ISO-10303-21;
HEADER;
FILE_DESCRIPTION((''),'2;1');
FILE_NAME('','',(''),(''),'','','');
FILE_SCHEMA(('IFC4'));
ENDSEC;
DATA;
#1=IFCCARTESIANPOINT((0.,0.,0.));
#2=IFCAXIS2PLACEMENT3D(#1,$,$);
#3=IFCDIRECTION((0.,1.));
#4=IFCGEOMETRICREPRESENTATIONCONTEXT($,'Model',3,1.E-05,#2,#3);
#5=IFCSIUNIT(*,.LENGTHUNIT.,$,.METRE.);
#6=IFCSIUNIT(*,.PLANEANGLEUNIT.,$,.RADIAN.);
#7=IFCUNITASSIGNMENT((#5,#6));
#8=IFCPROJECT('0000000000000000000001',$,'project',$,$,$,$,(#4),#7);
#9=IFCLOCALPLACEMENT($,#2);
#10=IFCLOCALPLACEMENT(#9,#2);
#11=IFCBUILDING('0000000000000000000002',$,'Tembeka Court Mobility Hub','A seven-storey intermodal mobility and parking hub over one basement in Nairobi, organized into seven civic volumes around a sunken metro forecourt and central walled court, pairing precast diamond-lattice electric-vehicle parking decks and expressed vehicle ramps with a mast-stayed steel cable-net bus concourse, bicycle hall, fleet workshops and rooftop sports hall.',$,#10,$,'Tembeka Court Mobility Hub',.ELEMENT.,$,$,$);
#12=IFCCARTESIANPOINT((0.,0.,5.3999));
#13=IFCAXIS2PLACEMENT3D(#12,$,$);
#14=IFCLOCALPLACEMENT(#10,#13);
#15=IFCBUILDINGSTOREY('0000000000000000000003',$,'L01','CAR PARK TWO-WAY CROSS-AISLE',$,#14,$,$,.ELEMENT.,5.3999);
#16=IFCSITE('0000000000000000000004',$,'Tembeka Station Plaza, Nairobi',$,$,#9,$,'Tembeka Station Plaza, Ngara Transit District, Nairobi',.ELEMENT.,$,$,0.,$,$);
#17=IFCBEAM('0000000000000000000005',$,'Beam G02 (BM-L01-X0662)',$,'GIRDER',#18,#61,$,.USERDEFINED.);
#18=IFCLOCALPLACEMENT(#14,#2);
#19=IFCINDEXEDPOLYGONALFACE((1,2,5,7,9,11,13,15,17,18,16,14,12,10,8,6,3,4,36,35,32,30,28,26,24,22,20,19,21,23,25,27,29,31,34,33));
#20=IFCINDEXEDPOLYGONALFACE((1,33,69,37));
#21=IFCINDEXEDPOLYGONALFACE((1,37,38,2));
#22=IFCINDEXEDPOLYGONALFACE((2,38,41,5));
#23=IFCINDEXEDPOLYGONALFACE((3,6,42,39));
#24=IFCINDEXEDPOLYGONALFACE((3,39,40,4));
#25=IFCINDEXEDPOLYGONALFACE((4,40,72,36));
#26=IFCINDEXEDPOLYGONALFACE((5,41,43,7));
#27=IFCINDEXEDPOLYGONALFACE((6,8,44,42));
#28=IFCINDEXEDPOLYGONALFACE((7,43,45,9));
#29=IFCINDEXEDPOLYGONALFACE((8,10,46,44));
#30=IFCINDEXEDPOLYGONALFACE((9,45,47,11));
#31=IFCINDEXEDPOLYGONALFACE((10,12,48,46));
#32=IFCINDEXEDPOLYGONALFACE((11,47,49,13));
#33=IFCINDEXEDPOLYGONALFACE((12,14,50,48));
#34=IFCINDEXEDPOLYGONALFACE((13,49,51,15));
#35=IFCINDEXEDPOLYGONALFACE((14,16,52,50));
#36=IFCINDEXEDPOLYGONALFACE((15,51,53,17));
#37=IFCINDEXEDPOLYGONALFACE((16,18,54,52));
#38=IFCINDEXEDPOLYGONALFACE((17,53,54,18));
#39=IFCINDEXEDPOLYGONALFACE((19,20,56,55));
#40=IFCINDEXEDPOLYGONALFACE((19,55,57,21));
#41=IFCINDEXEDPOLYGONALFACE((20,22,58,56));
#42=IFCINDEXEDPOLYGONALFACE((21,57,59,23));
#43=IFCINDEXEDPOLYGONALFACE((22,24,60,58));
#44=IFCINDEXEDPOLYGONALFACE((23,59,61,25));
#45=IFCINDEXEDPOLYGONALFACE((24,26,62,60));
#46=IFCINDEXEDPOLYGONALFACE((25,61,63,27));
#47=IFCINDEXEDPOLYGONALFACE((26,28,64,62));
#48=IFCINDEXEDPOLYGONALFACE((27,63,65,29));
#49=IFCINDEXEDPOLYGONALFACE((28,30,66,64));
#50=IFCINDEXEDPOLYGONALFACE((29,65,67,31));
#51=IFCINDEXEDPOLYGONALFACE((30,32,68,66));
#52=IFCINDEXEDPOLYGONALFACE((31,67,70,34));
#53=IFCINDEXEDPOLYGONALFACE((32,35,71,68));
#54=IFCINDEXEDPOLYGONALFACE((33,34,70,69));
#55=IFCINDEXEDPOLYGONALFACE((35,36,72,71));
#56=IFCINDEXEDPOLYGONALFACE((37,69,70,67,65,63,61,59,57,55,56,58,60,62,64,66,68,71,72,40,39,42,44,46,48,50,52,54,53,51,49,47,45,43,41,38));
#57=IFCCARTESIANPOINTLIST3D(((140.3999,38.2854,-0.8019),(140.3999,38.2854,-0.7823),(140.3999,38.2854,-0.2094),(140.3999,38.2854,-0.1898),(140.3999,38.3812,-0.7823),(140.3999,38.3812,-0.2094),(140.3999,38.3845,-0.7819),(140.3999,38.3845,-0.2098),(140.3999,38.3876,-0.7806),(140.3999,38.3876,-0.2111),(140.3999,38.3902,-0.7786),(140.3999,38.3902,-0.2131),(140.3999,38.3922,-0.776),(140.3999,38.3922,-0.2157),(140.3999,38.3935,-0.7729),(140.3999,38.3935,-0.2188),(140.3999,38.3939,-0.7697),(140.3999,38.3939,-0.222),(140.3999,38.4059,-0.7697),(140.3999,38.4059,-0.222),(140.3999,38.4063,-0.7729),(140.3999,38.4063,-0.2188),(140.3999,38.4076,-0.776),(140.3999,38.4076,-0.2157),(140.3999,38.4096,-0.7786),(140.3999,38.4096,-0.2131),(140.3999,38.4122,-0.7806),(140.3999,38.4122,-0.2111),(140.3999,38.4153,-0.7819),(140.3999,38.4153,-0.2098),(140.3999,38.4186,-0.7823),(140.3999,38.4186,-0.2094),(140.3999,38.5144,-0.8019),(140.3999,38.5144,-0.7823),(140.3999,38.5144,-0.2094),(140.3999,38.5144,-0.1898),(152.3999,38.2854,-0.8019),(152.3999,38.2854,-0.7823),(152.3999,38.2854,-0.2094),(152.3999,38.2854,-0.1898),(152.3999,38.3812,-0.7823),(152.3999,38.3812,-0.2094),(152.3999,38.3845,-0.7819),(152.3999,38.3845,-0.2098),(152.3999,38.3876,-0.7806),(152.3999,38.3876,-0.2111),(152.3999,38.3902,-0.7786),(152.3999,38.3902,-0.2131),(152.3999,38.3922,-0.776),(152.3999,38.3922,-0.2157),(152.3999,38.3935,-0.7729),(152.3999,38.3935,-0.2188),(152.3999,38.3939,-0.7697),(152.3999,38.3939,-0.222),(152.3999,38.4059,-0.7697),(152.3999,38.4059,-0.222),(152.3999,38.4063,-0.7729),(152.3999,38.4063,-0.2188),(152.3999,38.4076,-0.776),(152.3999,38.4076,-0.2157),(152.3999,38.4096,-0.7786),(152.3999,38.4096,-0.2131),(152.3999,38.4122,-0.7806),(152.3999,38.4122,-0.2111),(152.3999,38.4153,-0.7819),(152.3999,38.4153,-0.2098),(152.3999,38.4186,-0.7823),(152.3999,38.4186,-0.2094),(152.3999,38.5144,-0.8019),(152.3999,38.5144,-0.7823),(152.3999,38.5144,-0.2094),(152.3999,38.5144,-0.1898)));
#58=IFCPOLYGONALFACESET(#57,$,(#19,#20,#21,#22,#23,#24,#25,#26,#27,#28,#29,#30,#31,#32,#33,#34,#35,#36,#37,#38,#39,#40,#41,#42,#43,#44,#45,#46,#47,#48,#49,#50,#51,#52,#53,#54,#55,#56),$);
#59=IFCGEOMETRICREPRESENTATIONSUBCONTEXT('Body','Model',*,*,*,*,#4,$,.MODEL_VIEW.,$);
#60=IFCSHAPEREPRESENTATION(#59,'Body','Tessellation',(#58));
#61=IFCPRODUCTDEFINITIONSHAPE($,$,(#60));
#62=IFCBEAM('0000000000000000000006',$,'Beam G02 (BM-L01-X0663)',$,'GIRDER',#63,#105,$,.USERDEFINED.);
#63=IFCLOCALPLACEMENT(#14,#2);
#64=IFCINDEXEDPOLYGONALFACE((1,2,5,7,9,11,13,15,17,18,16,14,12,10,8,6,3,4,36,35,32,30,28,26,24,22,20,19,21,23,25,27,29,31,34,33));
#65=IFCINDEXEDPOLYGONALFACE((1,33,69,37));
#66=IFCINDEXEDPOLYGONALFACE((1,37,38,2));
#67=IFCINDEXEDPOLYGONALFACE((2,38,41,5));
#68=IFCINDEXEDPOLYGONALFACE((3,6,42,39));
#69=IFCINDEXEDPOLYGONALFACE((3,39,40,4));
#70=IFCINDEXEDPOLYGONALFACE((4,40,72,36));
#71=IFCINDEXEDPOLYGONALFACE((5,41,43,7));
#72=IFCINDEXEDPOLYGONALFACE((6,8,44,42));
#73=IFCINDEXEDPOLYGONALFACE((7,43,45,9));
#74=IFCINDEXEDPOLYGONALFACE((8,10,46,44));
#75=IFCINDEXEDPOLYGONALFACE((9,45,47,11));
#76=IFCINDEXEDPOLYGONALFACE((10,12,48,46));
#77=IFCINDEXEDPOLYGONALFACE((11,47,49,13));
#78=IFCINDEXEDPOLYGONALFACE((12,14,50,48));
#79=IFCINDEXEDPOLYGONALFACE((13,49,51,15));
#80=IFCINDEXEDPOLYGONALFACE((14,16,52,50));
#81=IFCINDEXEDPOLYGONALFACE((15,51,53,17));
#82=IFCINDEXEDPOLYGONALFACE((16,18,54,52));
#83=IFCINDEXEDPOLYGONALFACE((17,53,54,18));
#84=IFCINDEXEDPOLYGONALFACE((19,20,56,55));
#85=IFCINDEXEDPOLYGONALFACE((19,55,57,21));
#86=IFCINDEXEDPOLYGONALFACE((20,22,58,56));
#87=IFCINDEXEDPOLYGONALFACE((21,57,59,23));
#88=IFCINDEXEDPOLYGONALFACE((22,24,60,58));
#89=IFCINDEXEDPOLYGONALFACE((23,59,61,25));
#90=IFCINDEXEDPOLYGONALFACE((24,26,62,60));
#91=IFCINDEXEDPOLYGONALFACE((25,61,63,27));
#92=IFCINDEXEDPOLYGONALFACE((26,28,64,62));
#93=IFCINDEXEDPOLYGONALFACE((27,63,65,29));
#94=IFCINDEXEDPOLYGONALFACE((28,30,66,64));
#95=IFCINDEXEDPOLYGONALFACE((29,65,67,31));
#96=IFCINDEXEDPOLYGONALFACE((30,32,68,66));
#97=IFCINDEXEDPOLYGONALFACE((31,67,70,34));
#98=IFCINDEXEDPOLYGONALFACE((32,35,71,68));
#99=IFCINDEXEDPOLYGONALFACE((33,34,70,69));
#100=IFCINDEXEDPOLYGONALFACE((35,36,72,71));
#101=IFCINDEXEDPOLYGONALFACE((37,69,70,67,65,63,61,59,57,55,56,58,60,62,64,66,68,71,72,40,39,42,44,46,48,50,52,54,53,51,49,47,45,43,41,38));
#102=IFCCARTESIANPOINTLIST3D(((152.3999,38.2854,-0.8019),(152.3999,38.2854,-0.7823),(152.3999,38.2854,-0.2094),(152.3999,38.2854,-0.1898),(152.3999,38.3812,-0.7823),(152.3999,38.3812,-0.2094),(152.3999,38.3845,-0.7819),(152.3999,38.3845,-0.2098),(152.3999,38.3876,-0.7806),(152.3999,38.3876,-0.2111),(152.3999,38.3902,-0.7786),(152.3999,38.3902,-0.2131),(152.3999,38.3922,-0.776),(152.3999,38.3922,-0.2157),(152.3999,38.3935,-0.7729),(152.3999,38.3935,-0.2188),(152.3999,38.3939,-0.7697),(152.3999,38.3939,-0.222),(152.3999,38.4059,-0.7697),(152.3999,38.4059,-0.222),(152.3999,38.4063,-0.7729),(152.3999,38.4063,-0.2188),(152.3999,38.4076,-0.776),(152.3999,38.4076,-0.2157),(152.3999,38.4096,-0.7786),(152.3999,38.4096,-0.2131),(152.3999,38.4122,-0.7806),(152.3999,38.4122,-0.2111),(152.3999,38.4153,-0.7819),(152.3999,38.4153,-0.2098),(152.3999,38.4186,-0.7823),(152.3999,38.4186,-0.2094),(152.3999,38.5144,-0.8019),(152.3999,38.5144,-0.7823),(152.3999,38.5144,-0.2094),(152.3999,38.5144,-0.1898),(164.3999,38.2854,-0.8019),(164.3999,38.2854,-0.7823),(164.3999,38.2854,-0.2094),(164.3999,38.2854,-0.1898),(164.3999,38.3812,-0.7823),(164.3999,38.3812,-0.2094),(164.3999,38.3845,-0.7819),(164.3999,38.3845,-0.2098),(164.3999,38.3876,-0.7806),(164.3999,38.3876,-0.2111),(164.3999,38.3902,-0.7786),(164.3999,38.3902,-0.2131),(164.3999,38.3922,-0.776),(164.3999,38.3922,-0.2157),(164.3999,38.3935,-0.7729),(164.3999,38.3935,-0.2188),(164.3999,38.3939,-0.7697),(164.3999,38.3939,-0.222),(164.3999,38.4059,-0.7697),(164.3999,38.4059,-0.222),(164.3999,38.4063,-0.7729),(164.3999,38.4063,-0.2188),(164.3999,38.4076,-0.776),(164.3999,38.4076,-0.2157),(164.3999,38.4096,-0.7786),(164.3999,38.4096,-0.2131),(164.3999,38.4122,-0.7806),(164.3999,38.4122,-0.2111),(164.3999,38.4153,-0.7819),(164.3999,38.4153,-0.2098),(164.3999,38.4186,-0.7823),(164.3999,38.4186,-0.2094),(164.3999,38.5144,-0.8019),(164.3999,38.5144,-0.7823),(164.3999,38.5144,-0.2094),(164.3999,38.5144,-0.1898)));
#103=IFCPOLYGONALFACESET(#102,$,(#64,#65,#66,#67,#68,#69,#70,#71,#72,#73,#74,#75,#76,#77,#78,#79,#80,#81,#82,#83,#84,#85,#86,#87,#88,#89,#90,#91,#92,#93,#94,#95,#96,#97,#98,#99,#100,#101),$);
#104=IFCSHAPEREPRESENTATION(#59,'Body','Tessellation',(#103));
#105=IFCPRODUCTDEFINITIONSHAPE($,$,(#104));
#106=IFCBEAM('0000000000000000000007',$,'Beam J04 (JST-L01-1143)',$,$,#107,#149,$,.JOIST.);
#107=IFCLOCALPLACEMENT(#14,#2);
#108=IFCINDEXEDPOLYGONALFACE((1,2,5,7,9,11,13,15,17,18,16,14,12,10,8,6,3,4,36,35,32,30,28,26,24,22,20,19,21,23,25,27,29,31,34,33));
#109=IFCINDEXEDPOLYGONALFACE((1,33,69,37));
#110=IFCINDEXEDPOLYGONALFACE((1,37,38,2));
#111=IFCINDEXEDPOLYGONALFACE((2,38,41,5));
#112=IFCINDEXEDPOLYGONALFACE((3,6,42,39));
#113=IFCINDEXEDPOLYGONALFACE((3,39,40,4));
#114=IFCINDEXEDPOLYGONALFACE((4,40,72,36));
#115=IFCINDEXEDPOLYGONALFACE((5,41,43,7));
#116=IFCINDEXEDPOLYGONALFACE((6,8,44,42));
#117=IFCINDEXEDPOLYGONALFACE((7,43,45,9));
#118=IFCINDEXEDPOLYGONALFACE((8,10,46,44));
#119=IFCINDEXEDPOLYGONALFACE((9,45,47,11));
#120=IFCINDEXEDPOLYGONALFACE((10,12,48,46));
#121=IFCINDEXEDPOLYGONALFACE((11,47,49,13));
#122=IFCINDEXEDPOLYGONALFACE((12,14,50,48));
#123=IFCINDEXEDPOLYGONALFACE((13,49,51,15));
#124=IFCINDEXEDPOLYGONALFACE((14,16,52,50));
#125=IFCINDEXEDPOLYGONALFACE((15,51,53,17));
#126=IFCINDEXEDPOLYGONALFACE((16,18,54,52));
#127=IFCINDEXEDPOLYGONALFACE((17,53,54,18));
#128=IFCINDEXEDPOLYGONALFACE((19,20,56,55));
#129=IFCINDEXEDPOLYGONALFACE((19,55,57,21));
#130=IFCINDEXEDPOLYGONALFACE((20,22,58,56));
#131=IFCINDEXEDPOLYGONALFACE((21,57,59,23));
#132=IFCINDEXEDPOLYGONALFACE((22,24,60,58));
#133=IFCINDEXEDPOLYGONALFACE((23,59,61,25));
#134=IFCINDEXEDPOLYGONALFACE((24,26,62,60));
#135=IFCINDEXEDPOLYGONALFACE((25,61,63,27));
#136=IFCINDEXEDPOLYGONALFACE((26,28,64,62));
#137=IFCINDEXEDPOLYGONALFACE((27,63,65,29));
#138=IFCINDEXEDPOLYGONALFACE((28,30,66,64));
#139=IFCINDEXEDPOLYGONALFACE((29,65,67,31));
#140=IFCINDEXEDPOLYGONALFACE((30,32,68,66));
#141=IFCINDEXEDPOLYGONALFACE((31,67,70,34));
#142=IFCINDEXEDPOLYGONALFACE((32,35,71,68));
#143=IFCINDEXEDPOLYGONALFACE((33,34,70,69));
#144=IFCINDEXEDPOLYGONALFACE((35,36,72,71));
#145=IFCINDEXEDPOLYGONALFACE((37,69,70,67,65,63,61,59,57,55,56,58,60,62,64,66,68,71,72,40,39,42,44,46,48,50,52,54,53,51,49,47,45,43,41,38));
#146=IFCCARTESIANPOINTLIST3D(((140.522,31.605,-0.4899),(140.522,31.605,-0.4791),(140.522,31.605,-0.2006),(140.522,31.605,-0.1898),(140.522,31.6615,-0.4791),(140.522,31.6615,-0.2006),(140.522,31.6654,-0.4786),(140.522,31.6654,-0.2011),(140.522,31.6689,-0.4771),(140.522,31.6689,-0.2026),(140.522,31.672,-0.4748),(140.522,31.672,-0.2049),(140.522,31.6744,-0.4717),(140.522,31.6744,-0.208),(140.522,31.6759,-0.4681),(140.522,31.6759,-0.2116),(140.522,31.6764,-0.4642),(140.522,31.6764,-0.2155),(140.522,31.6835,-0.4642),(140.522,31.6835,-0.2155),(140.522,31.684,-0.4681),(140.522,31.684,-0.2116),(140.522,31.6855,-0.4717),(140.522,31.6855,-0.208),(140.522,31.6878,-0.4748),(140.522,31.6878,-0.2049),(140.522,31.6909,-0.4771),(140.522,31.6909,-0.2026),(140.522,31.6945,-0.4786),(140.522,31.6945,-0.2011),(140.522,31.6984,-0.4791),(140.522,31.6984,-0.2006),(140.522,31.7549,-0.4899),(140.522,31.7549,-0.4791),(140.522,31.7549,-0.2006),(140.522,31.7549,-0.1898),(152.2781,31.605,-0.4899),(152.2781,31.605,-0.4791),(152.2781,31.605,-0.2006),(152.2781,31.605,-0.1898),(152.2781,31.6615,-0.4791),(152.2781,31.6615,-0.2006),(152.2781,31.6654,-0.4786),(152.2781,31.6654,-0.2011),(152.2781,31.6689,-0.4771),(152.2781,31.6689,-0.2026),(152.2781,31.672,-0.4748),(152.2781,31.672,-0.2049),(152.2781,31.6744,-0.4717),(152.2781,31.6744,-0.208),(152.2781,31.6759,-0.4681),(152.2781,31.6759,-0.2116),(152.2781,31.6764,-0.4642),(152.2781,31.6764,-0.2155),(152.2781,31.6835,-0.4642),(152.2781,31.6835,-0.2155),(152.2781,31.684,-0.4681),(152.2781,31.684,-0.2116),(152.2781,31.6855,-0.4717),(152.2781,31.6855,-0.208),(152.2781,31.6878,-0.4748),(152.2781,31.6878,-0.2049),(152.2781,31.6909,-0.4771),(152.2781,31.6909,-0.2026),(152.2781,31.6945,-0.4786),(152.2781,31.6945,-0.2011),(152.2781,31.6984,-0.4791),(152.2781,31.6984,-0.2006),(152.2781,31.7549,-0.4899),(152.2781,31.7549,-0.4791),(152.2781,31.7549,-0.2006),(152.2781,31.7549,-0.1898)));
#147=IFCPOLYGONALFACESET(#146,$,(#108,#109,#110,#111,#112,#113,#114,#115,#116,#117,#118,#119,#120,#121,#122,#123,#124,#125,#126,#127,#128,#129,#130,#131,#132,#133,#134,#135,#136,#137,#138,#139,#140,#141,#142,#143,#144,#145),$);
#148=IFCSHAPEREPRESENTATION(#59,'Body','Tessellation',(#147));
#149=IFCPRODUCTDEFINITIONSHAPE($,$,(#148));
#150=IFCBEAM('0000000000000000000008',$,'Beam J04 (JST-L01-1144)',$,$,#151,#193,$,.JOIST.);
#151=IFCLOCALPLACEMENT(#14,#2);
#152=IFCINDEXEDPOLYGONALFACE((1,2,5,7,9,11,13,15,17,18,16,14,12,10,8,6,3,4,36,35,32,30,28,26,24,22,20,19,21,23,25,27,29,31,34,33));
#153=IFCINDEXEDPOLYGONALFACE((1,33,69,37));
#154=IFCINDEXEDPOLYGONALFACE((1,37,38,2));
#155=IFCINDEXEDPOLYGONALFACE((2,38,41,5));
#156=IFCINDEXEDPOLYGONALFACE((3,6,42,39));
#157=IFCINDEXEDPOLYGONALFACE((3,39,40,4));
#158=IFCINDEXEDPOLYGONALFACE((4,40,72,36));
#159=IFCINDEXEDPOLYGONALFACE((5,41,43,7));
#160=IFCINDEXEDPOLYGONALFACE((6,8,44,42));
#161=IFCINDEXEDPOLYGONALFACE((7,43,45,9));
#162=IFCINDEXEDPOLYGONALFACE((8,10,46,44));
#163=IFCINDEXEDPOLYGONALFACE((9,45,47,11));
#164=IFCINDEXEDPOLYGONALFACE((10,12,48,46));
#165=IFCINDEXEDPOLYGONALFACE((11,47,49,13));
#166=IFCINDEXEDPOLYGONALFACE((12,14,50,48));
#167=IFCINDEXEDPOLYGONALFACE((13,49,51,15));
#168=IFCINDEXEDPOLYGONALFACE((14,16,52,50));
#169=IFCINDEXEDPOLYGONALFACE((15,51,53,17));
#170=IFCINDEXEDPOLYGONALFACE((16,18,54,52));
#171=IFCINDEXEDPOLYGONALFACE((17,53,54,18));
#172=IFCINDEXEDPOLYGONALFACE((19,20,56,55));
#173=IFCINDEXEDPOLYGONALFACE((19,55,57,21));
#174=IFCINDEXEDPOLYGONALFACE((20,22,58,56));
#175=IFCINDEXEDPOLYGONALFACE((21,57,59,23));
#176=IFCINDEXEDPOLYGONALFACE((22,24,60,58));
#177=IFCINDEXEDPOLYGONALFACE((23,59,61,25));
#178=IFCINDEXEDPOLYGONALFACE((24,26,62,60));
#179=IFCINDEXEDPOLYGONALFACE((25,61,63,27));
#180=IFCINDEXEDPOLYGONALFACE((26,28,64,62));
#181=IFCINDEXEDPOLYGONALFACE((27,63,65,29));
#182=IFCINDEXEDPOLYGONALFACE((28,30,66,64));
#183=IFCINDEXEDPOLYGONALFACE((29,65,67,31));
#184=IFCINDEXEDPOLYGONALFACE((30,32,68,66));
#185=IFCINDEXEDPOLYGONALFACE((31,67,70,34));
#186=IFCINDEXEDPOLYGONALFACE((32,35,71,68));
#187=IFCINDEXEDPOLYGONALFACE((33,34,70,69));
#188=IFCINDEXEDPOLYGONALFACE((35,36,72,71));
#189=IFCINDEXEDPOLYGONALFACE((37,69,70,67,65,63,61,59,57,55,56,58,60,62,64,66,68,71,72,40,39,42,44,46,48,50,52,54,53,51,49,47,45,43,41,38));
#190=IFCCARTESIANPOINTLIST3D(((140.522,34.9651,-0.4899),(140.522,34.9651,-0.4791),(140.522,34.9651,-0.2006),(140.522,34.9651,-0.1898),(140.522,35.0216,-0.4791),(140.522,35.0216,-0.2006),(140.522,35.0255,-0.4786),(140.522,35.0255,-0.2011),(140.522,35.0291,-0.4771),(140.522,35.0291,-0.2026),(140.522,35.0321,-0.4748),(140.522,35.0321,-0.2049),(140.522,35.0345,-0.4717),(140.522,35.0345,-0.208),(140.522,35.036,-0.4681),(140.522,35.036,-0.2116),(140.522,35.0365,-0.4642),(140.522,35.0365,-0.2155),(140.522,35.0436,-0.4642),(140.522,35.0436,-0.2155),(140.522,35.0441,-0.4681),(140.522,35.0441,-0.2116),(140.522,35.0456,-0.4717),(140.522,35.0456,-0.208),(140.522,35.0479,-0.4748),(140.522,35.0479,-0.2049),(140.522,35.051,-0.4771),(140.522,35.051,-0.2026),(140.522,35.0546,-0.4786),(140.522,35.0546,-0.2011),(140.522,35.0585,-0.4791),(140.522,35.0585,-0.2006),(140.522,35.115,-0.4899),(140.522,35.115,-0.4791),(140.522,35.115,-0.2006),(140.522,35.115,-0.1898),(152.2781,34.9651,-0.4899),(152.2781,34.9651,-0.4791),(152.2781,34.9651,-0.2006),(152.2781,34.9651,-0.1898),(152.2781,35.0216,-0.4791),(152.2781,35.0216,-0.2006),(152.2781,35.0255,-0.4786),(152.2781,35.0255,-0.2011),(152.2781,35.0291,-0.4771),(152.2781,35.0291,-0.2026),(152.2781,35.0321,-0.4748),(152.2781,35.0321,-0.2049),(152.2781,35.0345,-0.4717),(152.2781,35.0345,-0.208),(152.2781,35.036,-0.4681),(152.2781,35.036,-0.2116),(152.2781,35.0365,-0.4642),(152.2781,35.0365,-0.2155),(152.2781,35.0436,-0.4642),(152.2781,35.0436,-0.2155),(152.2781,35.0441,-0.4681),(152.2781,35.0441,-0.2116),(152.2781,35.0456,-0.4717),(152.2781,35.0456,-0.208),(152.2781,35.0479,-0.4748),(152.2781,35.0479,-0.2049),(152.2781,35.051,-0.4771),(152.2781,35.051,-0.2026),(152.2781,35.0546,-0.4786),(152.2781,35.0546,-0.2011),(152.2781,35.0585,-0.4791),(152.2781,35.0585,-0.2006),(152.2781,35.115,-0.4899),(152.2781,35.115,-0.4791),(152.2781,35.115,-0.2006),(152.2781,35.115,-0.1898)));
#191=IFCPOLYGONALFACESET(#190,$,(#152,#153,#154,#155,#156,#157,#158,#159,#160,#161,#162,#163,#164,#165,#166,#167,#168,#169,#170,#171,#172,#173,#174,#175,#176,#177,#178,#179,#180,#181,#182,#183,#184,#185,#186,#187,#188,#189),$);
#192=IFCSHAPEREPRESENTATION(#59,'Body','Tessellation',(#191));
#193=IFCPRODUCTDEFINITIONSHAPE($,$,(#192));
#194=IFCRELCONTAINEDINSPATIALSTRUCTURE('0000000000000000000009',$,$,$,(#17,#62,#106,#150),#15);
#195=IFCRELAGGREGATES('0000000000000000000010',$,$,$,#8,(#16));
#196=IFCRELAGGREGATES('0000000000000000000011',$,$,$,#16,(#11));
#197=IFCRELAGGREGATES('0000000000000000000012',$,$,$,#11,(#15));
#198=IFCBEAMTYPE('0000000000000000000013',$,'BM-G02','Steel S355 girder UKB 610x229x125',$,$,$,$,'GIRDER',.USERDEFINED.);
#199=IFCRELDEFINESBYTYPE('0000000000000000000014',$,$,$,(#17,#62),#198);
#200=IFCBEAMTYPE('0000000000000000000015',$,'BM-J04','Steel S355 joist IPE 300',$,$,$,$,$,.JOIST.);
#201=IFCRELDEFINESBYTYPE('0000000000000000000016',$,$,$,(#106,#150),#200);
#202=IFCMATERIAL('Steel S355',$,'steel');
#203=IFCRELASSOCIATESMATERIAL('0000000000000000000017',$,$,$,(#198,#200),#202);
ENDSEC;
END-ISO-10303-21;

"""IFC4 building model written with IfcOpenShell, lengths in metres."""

from ifc_helpers import new_model, si_unit, direction, frame, origin, origin_2d, place, context, subcontext, project, spatial, i_section, extrude, material, material_profile, profile_set, type_object, element, save


model = new_model("IFC4")

# Units and contexts
model_context = context("Model", 3, precision=1e-05, world=origin(), true_north=direction((0.0, 1.0)))
body_context = subcontext(model_context, "Body", "Model", "MODEL_VIEW")
ifc_project = project(units=[si_unit("LENGTHUNIT", "METRE"), si_unit("PLANEANGLEUNIT", "RADIAN")], contexts=[model_context])

# Site, building, storey
site_placement = place(None, origin())
site = spatial("IfcSite", under=ifc_project, at=site_placement, Name="Tembeka Station Plaza, Nairobi", LongName="Tembeka Station Plaza, Ngara Transit District, Nairobi", CompositionType="ELEMENT", RefElevation=0.0)
building_placement = place(site_placement, origin())
building = spatial("IfcBuilding", under=site, at=building_placement, Name="Tembeka Court Mobility Hub", Description="A seven-storey intermodal mobility and parking hub over one basement in Nairobi, organized into seven civic volumes around a sunken metro forecourt and central walled court, pairing precast diamond-lattice electric-vehicle parking decks and expressed vehicle ramps with a mast-stayed steel cable-net bus concourse, bicycle hall, fleet workshops and rooftop sports hall.", LongName="Tembeka Court Mobility Hub", CompositionType="ELEMENT")
storey_placement = place(building_placement, frame((0.0, 0.0, 5.3999)))
storey = spatial("IfcBuildingStorey", under=building, at=storey_placement, Name="L01", Description="CAR PARK TWO-WAY CROSS-AISLE", CompositionType="ELEMENT", Elevation=5.3999)

# Shared definitions
ifc_material_1 = material(Name="Steel S355", Category="steel")

# Beams
ifc_material_profile_1 = material_profile(ifc_material_1, i_section(OverallWidth=0.229, OverallDepth=0.6121, WebThickness=0.012, FlangeThickness=0.0195, FilletRadius=0.0127, at=origin_2d()), Name="UKB 610x229x125")
ifc_profile_set_1 = profile_set([ifc_material_profile_1], Name="Steel S355")
beam_type_1 = type_object("IfcBeamType", Name="BM-G02", Description="Steel S355 girder UKB 610x229x125", ElementType="GIRDER", PredefinedType="USERDEFINED", material=ifc_profile_set_1)
for number, where, z_axis, x_axis, name in (
    (1, (140.3999, 38.3999, -0.4958), (1.0, 0.0, 0.0), (0.0, 1.0, 0.0), "Beam G02 (BM-L01-X0662)"),
    (2, (152.3999, 38.3999, -0.4958), (1.0, 0.0, 0.0), (0.0, 1.0, 0.0), "Beam G02 (BM-L01-X0663)"),
):
    element("IfcBeam", number, at=place(storey_placement, frame(where, z_axis=z_axis, x_axis=x_axis)), inside=storey, type_object=beam_type_1, Name=name, ObjectType="GIRDER", PredefinedType="USERDEFINED", context=body_context, shape_type="SweptSolid", body=[
        extrude(i_section(OverallWidth=0.229, OverallDepth=0.6121, WebThickness=0.012, FlangeThickness=0.0195, FilletRadius=0.0127, at=origin_2d()), origin(), (0.0, 0.0, 1.0), 12.0),
    ])
ifc_material_profile_2 = material_profile(ifc_material_1, i_section(OverallWidth=0.1499, OverallDepth=0.3, WebThickness=0.0071, FlangeThickness=0.0107, FilletRadius=0.0149, at=origin_2d()), Name="IPE 300")
ifc_profile_set_2 = profile_set([ifc_material_profile_2], Name="Steel S355")
beam_type_2 = type_object("IfcBeamType", Name="BM-J04", Description="Steel S355 joist IPE 300", PredefinedType="JOIST", material=ifc_profile_set_2)
for number, where, z_axis, x_axis, name in (
    (3, (140.522, 31.6799, -0.3398), (1.0, 0.0, 0.0), (0.0, 1.0, 0.0), "Beam J04 (JST-L01-1143)"),
    (4, (140.522, 35.04, -0.3398), (1.0, 0.0, 0.0), (0.0, 1.0, 0.0), "Beam J04 (JST-L01-1144)"),
):
    element("IfcBeam", number, at=place(storey_placement, frame(where, z_axis=z_axis, x_axis=x_axis)), inside=storey, type_object=beam_type_2, Name=name, PredefinedType="JOIST", context=body_context, shape_type="SweptSolid", body=[
        extrude(i_section(OverallWidth=0.1499, OverallDepth=0.3, WebThickness=0.0071, FlangeThickness=0.0107, FilletRadius=0.0149, at=origin_2d()), origin(), (0.0, 0.0, 1.0), 11.7561),
    ])

save(model, "model.ifc")
